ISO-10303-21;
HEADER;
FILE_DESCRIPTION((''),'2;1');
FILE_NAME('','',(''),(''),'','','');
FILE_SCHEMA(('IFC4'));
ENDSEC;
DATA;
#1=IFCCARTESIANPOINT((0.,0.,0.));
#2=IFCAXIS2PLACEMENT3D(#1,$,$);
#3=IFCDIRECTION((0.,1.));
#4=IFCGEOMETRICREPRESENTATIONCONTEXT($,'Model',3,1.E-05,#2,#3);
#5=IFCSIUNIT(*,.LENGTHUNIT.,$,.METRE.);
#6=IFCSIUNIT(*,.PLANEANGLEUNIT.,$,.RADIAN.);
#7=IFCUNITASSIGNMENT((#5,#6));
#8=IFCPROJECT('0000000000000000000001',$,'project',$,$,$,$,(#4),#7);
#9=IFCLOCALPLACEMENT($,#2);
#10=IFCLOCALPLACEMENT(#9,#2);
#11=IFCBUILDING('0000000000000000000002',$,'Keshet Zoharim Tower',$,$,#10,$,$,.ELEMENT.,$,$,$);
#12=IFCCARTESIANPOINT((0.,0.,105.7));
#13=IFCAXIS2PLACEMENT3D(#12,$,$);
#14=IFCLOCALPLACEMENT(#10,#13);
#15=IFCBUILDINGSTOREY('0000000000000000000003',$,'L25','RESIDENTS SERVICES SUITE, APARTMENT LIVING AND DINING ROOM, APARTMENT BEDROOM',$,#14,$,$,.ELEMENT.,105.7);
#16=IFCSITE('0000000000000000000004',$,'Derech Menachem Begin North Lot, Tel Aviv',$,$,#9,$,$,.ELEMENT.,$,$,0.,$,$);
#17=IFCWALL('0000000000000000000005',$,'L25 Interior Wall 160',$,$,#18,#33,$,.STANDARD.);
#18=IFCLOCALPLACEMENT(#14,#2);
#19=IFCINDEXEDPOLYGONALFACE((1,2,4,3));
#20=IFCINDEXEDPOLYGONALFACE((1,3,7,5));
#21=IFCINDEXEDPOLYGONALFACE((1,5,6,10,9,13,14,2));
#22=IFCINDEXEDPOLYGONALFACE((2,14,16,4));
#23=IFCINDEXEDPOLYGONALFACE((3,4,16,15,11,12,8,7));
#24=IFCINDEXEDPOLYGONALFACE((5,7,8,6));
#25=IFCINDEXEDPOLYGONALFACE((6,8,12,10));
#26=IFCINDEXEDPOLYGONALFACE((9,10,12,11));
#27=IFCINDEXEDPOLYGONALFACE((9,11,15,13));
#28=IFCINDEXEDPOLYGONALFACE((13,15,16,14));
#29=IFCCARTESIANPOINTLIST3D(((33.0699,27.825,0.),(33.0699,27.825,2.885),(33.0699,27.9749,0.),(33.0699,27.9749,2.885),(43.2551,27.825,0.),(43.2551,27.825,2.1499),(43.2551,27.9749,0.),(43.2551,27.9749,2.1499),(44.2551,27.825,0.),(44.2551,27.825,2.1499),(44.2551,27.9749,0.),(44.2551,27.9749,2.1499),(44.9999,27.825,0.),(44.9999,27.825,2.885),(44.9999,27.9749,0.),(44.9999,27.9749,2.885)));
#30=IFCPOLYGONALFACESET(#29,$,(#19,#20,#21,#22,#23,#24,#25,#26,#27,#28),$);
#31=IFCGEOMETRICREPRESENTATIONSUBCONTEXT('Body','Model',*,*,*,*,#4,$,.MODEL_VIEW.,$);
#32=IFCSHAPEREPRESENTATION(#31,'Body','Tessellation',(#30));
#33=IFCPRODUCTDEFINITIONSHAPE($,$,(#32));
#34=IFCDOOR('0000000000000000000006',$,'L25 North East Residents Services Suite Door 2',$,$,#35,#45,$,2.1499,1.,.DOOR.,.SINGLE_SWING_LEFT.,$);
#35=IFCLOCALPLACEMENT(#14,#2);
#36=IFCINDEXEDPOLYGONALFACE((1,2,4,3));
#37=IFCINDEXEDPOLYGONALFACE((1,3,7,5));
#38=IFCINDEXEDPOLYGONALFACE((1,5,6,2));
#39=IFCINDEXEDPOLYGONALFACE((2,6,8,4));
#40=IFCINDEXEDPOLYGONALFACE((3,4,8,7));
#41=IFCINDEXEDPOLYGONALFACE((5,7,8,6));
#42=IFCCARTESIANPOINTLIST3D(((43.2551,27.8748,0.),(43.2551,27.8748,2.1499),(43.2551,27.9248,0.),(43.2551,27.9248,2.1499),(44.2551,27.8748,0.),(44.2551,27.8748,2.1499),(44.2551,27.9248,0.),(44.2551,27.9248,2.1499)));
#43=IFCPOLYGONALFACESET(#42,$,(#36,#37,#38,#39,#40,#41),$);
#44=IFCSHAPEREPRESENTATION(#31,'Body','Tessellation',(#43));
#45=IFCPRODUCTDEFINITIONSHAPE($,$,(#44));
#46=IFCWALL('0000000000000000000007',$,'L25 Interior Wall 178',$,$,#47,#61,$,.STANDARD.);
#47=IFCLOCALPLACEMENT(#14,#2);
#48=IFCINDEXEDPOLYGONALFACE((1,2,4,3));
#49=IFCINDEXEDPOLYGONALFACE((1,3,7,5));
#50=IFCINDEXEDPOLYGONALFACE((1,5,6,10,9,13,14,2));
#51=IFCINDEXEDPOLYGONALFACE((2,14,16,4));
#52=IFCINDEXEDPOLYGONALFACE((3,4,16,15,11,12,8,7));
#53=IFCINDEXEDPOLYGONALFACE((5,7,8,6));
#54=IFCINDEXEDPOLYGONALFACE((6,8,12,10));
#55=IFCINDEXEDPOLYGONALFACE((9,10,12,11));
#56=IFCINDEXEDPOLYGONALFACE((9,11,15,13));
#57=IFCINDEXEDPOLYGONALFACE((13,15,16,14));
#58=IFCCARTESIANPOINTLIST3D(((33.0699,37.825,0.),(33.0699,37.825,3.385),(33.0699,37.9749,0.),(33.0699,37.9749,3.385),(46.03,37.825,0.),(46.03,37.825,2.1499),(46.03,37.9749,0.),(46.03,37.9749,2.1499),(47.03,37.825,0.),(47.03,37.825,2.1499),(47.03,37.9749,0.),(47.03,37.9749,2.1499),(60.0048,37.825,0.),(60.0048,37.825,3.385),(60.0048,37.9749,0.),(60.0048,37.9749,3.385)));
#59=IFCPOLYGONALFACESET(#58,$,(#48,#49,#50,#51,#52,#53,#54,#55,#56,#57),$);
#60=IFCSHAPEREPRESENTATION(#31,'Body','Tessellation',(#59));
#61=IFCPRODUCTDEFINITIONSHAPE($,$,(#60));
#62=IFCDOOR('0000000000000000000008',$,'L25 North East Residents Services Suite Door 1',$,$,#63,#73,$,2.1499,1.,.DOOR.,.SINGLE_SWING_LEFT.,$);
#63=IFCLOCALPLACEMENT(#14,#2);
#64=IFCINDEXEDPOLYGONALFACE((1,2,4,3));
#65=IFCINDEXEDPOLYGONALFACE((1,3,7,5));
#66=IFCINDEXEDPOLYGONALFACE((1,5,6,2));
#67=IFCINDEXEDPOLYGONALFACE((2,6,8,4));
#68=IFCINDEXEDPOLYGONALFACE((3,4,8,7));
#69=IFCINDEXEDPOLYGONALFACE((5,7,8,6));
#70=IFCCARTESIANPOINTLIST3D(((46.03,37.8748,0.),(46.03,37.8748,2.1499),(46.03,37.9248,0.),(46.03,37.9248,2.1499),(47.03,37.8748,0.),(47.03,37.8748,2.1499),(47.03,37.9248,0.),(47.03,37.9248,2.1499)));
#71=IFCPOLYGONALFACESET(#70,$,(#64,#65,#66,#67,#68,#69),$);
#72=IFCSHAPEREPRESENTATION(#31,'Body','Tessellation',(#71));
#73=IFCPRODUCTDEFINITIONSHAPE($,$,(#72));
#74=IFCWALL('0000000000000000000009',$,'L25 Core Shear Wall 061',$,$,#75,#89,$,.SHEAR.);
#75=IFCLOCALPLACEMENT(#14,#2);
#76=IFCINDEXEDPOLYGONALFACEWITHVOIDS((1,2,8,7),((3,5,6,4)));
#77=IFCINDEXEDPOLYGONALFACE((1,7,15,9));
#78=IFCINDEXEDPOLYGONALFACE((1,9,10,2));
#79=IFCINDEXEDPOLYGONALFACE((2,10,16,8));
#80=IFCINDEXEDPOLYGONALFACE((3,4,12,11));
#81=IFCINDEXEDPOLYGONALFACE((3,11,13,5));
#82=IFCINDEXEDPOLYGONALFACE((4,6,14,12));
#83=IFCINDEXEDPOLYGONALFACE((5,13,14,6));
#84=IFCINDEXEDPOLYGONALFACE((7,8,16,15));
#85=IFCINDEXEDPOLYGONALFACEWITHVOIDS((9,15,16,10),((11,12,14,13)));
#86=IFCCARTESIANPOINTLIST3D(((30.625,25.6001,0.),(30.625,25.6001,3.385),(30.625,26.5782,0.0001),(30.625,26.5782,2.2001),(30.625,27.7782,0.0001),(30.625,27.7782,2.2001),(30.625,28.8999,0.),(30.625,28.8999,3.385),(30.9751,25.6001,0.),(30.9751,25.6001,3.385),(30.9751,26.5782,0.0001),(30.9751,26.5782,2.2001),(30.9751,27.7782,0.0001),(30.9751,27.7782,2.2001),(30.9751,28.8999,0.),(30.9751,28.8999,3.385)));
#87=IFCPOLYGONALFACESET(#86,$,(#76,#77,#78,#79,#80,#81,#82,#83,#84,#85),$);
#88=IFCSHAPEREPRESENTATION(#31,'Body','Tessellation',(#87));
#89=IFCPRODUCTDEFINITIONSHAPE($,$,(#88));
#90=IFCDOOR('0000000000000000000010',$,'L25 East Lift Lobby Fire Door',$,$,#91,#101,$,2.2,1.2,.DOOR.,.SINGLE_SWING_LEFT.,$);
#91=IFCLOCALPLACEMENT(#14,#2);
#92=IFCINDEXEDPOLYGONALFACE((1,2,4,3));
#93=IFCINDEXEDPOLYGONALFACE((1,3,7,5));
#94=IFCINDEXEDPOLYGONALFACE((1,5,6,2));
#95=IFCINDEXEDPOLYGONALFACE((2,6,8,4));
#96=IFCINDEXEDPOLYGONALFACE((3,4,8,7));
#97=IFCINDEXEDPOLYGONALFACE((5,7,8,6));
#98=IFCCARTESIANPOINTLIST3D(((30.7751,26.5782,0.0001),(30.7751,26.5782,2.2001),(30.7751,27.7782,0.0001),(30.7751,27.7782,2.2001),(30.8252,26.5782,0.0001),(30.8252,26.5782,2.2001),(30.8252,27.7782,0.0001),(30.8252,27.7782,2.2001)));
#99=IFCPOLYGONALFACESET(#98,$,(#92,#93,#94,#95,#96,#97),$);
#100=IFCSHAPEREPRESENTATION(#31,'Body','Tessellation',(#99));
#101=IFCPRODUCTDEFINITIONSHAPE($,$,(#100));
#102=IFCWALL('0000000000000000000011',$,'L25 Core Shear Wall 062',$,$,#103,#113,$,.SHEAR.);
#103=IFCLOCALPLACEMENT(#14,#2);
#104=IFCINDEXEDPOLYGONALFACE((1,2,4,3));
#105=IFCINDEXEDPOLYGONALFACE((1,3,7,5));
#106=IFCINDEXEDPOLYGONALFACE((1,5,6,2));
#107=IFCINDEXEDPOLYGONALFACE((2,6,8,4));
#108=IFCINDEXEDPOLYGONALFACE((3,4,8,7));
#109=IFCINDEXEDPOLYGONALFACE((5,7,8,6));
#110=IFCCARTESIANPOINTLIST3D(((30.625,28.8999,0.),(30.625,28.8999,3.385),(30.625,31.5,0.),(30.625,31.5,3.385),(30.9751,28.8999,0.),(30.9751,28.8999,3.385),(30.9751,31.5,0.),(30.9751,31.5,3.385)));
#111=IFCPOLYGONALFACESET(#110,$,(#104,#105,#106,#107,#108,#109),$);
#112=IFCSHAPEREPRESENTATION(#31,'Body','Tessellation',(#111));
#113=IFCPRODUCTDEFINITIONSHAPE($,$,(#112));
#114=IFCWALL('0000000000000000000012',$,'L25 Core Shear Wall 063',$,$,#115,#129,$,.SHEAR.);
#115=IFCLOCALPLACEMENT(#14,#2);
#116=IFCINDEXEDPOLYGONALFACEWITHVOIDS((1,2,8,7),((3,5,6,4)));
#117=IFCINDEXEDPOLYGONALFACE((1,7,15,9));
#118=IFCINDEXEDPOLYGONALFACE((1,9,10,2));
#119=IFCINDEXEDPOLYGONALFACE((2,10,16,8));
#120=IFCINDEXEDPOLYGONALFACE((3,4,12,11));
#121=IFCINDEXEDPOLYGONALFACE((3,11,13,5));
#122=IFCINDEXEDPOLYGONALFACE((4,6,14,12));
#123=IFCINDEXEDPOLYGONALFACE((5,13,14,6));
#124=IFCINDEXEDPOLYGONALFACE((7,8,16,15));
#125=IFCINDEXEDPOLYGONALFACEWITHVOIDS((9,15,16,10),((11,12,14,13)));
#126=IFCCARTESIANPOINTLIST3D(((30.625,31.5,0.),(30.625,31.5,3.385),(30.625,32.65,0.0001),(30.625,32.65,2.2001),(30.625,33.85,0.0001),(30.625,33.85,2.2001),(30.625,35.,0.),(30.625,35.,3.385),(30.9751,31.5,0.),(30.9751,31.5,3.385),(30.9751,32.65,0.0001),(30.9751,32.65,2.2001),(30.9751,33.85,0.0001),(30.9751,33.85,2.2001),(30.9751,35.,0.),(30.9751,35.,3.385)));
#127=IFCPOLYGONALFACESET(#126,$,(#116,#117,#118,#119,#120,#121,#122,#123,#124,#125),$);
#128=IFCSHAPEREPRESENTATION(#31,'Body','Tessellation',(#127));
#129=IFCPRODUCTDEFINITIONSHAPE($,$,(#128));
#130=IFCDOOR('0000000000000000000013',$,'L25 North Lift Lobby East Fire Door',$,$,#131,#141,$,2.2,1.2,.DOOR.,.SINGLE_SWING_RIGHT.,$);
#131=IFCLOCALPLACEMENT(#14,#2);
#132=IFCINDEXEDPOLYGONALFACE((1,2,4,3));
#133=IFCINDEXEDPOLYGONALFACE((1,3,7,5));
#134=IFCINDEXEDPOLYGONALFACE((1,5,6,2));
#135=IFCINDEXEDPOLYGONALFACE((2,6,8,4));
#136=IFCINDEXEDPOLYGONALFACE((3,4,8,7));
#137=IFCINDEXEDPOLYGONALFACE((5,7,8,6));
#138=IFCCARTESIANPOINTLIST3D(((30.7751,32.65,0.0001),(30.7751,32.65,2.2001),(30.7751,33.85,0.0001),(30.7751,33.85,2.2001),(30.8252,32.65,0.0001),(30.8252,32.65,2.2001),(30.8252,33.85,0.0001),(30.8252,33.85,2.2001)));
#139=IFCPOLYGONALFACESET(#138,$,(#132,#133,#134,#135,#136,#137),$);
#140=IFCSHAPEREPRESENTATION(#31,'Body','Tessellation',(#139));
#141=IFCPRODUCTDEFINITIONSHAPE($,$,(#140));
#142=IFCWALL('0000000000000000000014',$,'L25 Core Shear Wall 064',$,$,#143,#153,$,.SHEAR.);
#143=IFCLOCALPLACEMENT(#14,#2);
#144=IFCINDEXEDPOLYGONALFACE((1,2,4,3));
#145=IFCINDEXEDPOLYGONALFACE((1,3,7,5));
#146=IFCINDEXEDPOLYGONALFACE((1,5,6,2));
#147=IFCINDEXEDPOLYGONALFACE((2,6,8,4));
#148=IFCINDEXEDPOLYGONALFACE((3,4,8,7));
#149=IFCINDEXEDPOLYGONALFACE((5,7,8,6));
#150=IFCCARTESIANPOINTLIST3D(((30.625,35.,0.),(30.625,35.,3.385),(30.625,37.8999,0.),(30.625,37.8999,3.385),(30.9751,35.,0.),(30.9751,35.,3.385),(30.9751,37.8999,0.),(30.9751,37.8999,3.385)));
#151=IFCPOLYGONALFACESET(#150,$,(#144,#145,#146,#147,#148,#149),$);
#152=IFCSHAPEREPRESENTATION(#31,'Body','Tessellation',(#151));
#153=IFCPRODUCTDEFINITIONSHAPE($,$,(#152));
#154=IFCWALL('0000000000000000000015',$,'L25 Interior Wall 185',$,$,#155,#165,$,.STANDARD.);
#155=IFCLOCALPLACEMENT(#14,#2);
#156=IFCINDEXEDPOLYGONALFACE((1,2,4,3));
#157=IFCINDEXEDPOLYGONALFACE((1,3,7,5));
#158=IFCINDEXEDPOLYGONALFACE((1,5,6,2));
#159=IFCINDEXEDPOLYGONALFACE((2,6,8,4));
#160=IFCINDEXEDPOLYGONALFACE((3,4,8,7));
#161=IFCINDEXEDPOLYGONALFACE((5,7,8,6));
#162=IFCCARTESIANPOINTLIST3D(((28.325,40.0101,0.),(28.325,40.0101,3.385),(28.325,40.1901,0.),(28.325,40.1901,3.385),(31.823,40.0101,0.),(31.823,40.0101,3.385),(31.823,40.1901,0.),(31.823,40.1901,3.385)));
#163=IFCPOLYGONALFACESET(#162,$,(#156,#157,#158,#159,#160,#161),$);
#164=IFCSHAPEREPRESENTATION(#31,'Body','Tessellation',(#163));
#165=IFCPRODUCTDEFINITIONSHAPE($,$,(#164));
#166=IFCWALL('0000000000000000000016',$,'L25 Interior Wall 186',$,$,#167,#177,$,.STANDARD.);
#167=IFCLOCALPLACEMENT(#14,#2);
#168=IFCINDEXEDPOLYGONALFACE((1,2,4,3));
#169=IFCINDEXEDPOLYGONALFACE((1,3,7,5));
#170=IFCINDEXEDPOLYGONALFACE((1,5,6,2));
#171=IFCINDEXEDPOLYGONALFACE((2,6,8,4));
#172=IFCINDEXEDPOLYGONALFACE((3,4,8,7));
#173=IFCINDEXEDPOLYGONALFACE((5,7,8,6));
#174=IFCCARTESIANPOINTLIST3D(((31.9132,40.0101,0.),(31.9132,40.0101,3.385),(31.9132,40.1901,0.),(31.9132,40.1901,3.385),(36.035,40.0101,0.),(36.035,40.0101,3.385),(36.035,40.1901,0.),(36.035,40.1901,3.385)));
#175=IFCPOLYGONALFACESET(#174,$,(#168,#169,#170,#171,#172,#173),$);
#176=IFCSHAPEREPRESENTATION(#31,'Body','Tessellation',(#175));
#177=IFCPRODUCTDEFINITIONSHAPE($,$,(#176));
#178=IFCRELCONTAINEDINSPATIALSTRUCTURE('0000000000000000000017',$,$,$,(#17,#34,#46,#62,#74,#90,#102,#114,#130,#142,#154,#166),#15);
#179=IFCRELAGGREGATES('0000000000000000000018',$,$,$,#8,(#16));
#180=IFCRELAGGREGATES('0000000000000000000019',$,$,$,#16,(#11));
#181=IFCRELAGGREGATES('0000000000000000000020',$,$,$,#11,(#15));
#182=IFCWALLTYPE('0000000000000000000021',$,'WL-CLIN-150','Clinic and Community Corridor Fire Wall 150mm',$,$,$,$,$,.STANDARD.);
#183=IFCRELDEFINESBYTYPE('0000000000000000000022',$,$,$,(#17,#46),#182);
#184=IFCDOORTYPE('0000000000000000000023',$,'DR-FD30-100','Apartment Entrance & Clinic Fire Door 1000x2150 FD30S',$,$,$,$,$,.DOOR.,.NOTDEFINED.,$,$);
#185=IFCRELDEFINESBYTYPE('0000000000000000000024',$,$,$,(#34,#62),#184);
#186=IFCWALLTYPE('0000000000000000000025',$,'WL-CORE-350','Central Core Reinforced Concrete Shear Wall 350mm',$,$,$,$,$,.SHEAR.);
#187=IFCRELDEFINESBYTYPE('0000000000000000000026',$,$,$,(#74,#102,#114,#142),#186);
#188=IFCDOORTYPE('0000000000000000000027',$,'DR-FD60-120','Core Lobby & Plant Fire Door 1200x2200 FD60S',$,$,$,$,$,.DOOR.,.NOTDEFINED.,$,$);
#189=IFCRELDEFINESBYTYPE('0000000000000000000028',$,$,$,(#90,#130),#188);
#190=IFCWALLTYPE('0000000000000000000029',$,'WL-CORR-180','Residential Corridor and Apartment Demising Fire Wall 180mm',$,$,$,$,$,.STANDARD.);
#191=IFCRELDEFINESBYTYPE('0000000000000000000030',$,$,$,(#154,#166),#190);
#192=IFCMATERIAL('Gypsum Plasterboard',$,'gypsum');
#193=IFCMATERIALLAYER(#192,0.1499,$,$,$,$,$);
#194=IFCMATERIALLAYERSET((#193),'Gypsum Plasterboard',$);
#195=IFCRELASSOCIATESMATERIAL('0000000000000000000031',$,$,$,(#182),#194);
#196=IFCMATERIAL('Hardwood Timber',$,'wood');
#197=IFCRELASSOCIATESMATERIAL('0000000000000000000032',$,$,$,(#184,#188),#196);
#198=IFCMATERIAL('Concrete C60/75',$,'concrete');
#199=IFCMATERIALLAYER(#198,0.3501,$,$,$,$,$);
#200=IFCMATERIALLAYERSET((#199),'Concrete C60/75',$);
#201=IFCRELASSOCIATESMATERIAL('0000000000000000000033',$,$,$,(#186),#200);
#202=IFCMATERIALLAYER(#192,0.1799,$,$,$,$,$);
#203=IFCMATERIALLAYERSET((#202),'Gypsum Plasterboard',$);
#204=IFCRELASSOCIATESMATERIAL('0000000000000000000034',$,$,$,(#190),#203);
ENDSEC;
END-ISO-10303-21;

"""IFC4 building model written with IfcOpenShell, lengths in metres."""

from ifc_helpers import new_model, si_unit, direction, frame, frame_2d, origin, place, context, subcontext, project, spatial, rectangle, extrude, material, layer, layer_set, type_object, element, fill, save


model = new_model("IFC4")

# Units and contexts
model_context = context("Model", 3, precision=1e-05, world=origin(), true_north=direction((0.0, 1.0)))
body_context = subcontext(model_context, "Body", "Model", "MODEL_VIEW")
ifc_project = project(units=[si_unit("LENGTHUNIT", "METRE"), si_unit("PLANEANGLEUNIT", "RADIAN")], contexts=[model_context])

# Site, building, storey
site_placement = place(None, origin())
site = spatial("IfcSite", under=ifc_project, at=site_placement, Name="Derech Menachem Begin North Lot, Tel Aviv", CompositionType="ELEMENT", RefElevation=0.0)
building_placement = place(site_placement, origin())
building = spatial("IfcBuilding", under=site, at=building_placement, Name="Keshet Zoharim Tower", CompositionType="ELEMENT")
storey_placement = place(building_placement, frame((0.0, 0.0, 105.7)))
storey = spatial("IfcBuildingStorey", under=building, at=storey_placement, Name="L25", Description="RESIDENTS SERVICES SUITE, APARTMENT LIVING AND DINING ROOM, APARTMENT BEDROOM", CompositionType="ELEMENT", Elevation=105.7)

# Shared definitions
ifc_material_1 = material(Name="Concrete C60/75", Category="concrete")

# Shared definitions
ifc_material_2 = material(Name="Gypsum Plasterboard", Category="gypsum")
ifc_layer_1 = layer(ifc_material_2, 0.1499)
ifc_layer_set_1 = layer_set([ifc_layer_1], Name="Gypsum Plasterboard")
wall_type_1 = type_object("IfcWallType", Name="WL-CLIN-150", Description="Clinic and Community Corridor Fire Wall 150mm", PredefinedType="STANDARD", material=ifc_layer_set_1)

# Walls, openings, doors
wall_1_placement = place(storey_placement, frame((33.0701, 27.8999, 0.0), z_axis=(0.0, 0.0, 1.0), x_axis=(1.0, 0.0, 0.0)))
wall_1 = element("IfcWall", 1, at=wall_1_placement, inside=storey, type_object=wall_type_1, Name="L25 Interior Wall 160", PredefinedType="STANDARD", context=body_context, shape_type="SweptSolid", body=[
    extrude(rectangle(XDim=11.9299, YDim=0.1499, at=frame_2d((5.9648, 0.0))), origin(), (0.0, 0.0, 1.0), 2.885),
])
opening_1_placement = place(wall_1_placement, frame((10.1851, 0.0, 0.0)))
opening_1 = element("IfcOpeningElement", 2, at=opening_1_placement, cuts=wall_1, PredefinedType="OPENING", context=body_context, shape_type="SweptSolid", body=[
    extrude(rectangle(XDim=1.0, YDim=2.1499, at=frame_2d((0.5, 1.075))), frame((0.0, 0.085, 0.0), z_axis=(0.0, -1.0, 0.0), x_axis=(1.0, 0.0, 0.0)), (0.0, 0.0, 1.0), 0.1699),
])
ifc_material_3 = material(Name="Hardwood Timber", Category="wood")
door_type_1 = type_object("IfcDoorType", Name="DR-FD30-100", Description="Apartment Entrance & Clinic Fire Door 1000x2150 FD30S", OperationType="NOTDEFINED", PredefinedType="DOOR", material=ifc_material_3)
door_1_placement = place(opening_1_placement, origin())
door_1 = element("IfcDoor", 3, at=door_1_placement, inside=storey, type_object=door_type_1, Name="L25 North East Residents Services Suite Door 2", OperationType="SINGLE_SWING_LEFT", OverallHeight=2.1499, OverallWidth=1.0, PredefinedType="DOOR", context=body_context, shape_type="SweptSolid", body=[
    extrude(rectangle(XDim=1.0, YDim=2.1499, at=frame_2d((0.5, 1.075))), frame((0.0, 0.0249, 0.0), z_axis=(0.0, -1.0, 0.0), x_axis=(1.0, 0.0, 0.0)), (0.0, 0.0, 1.0), 0.05),
])
fill(opening_1, door_1)
wall_2_placement = place(storey_placement, frame((33.0701, 37.8999, 0.0), z_axis=(0.0, 0.0, 1.0), x_axis=(1.0, 0.0, 0.0)))
wall_2 = element("IfcWall", 4, at=wall_2_placement, inside=storey, type_object=wall_type_1, Name="L25 Interior Wall 178", PredefinedType="STANDARD", context=body_context, shape_type="SweptSolid", body=[
    extrude(rectangle(XDim=26.9348, YDim=0.1499, at=frame_2d((13.4673, 0.0))), origin(), (0.0, 0.0, 1.0), 3.385),
])
opening_2_placement = place(wall_2_placement, frame((12.96, 0.0, 0.0)))
opening_2 = element("IfcOpeningElement", 5, at=opening_2_placement, cuts=wall_2, PredefinedType="OPENING", context=body_context, shape_type="SweptSolid", body=[
    extrude(rectangle(XDim=1.0, YDim=2.1499, at=frame_2d((0.5, 1.075))), frame((0.0, 0.085, 0.0), z_axis=(0.0, -1.0, 0.0), x_axis=(1.0, 0.0, 0.0)), (0.0, 0.0, 1.0), 0.1699),
])
door_2_placement = place(opening_2_placement, origin())
door_2 = element("IfcDoor", 6, at=door_2_placement, inside=storey, type_object=door_type_1, Name="L25 North East Residents Services Suite Door 1", OperationType="SINGLE_SWING_LEFT", OverallHeight=2.1499, OverallWidth=1.0, PredefinedType="DOOR", context=body_context, shape_type="SweptSolid", body=[
    extrude(rectangle(XDim=1.0, YDim=2.1499, at=frame_2d((0.5, 1.075))), frame((0.0, 0.0249, 0.0), z_axis=(0.0, -1.0, 0.0), x_axis=(1.0, 0.0, 0.0)), (0.0, 0.0, 1.0), 0.05),
])
fill(opening_2, door_2)
ifc_layer_2 = layer(ifc_material_1, 0.3501)
ifc_layer_set_2 = layer_set([ifc_layer_2], Name="Concrete C60/75")
wall_type_2 = type_object("IfcWallType", Name="WL-CORE-350", Description="Central Core Reinforced Concrete Shear Wall 350mm", PredefinedType="SHEAR", material=ifc_layer_set_2)
wall_3_placement = place(storey_placement, frame((30.8, 25.6001, 0.0), z_axis=(0.0, 0.0, 1.0), x_axis=(0.0, 1.0, 0.0)))
wall_3 = element("IfcWall", 7, at=wall_3_placement, inside=storey, type_object=wall_type_2, Name="L25 Core Shear Wall 061", PredefinedType="SHEAR", context=body_context, shape_type="SweptSolid", body=[
    extrude(rectangle(XDim=3.2998, YDim=0.3501, at=frame_2d((1.6499, 0.0))), origin(), (0.0, 0.0, 1.0), 3.385),
])
opening_3_placement = place(wall_3_placement, frame((0.978, 0.0, 0.0)))
opening_3 = element("IfcOpeningElement", 8, at=opening_3_placement, cuts=wall_3, PredefinedType="OPENING", context=body_context, shape_type="SweptSolid", body=[
    extrude(rectangle(XDim=1.2, YDim=2.2, at=frame_2d((0.6001, 1.1001))), frame((0.0, 0.1851, 0.0), z_axis=(0.0, -1.0, 0.0), x_axis=(1.0, 0.0, 0.0)), (0.0, 0.0, 1.0), 0.3701),
])
door_type_2 = type_object("IfcDoorType", Name="DR-FD60-120", Description="Core Lobby & Plant Fire Door 1200x2200 FD60S", OperationType="NOTDEFINED", PredefinedType="DOOR", material=ifc_material_3)
door_3_placement = place(opening_3_placement, origin())
door_3 = element("IfcDoor", 9, at=door_3_placement, inside=storey, type_object=door_type_2, Name="L25 East Lift Lobby Fire Door", OperationType="SINGLE_SWING_LEFT", OverallHeight=2.2, OverallWidth=1.2, PredefinedType="DOOR", context=body_context, shape_type="SweptSolid", body=[
    extrude(rectangle(XDim=1.2, YDim=2.2, at=frame_2d((0.6001, 1.1001))), frame((0.0, 0.0249, 0.0), z_axis=(0.0, -1.0, 0.0), x_axis=(1.0, 0.0, 0.0)), (0.0, 0.0, 1.0), 0.05),
])
fill(opening_3, door_3)

# Wall
wall_4_placement = place(storey_placement, frame((30.8, 28.8999, 0.0), z_axis=(0.0, 0.0, 1.0), x_axis=(0.0, 1.0, 0.0)))
element("IfcWall", 10, at=wall_4_placement, inside=storey, type_object=wall_type_2, Name="L25 Core Shear Wall 062", PredefinedType="SHEAR", context=body_context, shape_type="SweptSolid", body=[
    extrude(rectangle(XDim=2.6001, YDim=0.3501, at=frame_2d((1.3, 0.0))), origin(), (0.0, 0.0, 1.0), 3.385),
])

# Wall, opening, door
wall_5_placement = place(storey_placement, frame((30.8, 31.5, 0.0), z_axis=(0.0, 0.0, 1.0), x_axis=(0.0, 1.0, 0.0)))
wall_5 = element("IfcWall", 11, at=wall_5_placement, inside=storey, type_object=wall_type_2, Name="L25 Core Shear Wall 063", PredefinedType="SHEAR", context=body_context, shape_type="SweptSolid", body=[
    extrude(rectangle(XDim=3.5, YDim=0.3501, at=frame_2d((1.75, 0.0))), origin(), (0.0, 0.0, 1.0), 3.385),
])
opening_4_placement = place(wall_5_placement, frame((1.1499, 0.0, 0.0)))
opening_4 = element("IfcOpeningElement", 12, at=opening_4_placement, cuts=wall_5, PredefinedType="OPENING", context=body_context, shape_type="SweptSolid", body=[
    extrude(rectangle(XDim=1.2, YDim=2.2, at=frame_2d((0.6001, 1.1001))), frame((0.0, 0.1851, 0.0), z_axis=(0.0, -1.0, 0.0), x_axis=(1.0, 0.0, 0.0)), (0.0, 0.0, 1.0), 0.3701),
])
door_4_placement = place(opening_4_placement, origin())
door_4 = element("IfcDoor", 13, at=door_4_placement, inside=storey, type_object=door_type_2, Name="L25 North Lift Lobby East Fire Door", OperationType="SINGLE_SWING_RIGHT", OverallHeight=2.2, OverallWidth=1.2, PredefinedType="DOOR", context=body_context, shape_type="SweptSolid", body=[
    extrude(rectangle(XDim=1.2, YDim=2.2, at=frame_2d((0.6001, 1.1001))), frame((0.0, 0.0249, 0.0), z_axis=(0.0, -1.0, 0.0), x_axis=(1.0, 0.0, 0.0)), (0.0, 0.0, 1.0), 0.05),
])
fill(opening_4, door_4)

# Walls
wall_6_placement = place(storey_placement, frame((30.8, 35.0, 0.0), z_axis=(0.0, 0.0, 1.0), x_axis=(0.0, 1.0, 0.0)))
element("IfcWall", 14, at=wall_6_placement, inside=storey, type_object=wall_type_2, Name="L25 Core Shear Wall 064", PredefinedType="SHEAR", context=body_context, shape_type="SweptSolid", body=[
    extrude(rectangle(XDim=2.8999, YDim=0.3501, at=frame_2d((1.45, 0.0))), origin(), (0.0, 0.0, 1.0), 3.385),
])
ifc_layer_3 = layer(ifc_material_2, 0.1799)
ifc_layer_set_3 = layer_set([ifc_layer_3], Name="Gypsum Plasterboard")
wall_type_3 = type_object("IfcWallType", Name="WL-CORR-180", Description="Residential Corridor and Apartment Demising Fire Wall 180mm", PredefinedType="STANDARD", material=ifc_layer_set_3)
wall_7_placement = place(storey_placement, frame((28.325, 40.1001, 0.0), z_axis=(0.0, 0.0, 1.0), x_axis=(1.0, 0.0, 0.0)))
element("IfcWall", 15, at=wall_7_placement, inside=storey, type_object=wall_type_3, Name="L25 Interior Wall 185", PredefinedType="STANDARD", context=body_context, shape_type="SweptSolid", body=[
    extrude(rectangle(XDim=3.498, YDim=0.1799, at=frame_2d((1.749, 0.0))), origin(), (0.0, 0.0, 1.0), 3.385),
])
wall_8_placement = place(storey_placement, frame((31.9131, 40.1001, 0.0), z_axis=(0.0, 0.0, 1.0), x_axis=(1.0, 0.0, 0.0)))
element("IfcWall", 16, at=wall_8_placement, inside=storey, type_object=wall_type_3, Name="L25 Interior Wall 186", PredefinedType="STANDARD", context=body_context, shape_type="SweptSolid", body=[
    extrude(rectangle(XDim=4.1218, YDim=0.1799, at=frame_2d((2.061, 0.0))), origin(), (0.0, 0.0, 1.0), 3.385),
])

save(model, "model.ifc")
